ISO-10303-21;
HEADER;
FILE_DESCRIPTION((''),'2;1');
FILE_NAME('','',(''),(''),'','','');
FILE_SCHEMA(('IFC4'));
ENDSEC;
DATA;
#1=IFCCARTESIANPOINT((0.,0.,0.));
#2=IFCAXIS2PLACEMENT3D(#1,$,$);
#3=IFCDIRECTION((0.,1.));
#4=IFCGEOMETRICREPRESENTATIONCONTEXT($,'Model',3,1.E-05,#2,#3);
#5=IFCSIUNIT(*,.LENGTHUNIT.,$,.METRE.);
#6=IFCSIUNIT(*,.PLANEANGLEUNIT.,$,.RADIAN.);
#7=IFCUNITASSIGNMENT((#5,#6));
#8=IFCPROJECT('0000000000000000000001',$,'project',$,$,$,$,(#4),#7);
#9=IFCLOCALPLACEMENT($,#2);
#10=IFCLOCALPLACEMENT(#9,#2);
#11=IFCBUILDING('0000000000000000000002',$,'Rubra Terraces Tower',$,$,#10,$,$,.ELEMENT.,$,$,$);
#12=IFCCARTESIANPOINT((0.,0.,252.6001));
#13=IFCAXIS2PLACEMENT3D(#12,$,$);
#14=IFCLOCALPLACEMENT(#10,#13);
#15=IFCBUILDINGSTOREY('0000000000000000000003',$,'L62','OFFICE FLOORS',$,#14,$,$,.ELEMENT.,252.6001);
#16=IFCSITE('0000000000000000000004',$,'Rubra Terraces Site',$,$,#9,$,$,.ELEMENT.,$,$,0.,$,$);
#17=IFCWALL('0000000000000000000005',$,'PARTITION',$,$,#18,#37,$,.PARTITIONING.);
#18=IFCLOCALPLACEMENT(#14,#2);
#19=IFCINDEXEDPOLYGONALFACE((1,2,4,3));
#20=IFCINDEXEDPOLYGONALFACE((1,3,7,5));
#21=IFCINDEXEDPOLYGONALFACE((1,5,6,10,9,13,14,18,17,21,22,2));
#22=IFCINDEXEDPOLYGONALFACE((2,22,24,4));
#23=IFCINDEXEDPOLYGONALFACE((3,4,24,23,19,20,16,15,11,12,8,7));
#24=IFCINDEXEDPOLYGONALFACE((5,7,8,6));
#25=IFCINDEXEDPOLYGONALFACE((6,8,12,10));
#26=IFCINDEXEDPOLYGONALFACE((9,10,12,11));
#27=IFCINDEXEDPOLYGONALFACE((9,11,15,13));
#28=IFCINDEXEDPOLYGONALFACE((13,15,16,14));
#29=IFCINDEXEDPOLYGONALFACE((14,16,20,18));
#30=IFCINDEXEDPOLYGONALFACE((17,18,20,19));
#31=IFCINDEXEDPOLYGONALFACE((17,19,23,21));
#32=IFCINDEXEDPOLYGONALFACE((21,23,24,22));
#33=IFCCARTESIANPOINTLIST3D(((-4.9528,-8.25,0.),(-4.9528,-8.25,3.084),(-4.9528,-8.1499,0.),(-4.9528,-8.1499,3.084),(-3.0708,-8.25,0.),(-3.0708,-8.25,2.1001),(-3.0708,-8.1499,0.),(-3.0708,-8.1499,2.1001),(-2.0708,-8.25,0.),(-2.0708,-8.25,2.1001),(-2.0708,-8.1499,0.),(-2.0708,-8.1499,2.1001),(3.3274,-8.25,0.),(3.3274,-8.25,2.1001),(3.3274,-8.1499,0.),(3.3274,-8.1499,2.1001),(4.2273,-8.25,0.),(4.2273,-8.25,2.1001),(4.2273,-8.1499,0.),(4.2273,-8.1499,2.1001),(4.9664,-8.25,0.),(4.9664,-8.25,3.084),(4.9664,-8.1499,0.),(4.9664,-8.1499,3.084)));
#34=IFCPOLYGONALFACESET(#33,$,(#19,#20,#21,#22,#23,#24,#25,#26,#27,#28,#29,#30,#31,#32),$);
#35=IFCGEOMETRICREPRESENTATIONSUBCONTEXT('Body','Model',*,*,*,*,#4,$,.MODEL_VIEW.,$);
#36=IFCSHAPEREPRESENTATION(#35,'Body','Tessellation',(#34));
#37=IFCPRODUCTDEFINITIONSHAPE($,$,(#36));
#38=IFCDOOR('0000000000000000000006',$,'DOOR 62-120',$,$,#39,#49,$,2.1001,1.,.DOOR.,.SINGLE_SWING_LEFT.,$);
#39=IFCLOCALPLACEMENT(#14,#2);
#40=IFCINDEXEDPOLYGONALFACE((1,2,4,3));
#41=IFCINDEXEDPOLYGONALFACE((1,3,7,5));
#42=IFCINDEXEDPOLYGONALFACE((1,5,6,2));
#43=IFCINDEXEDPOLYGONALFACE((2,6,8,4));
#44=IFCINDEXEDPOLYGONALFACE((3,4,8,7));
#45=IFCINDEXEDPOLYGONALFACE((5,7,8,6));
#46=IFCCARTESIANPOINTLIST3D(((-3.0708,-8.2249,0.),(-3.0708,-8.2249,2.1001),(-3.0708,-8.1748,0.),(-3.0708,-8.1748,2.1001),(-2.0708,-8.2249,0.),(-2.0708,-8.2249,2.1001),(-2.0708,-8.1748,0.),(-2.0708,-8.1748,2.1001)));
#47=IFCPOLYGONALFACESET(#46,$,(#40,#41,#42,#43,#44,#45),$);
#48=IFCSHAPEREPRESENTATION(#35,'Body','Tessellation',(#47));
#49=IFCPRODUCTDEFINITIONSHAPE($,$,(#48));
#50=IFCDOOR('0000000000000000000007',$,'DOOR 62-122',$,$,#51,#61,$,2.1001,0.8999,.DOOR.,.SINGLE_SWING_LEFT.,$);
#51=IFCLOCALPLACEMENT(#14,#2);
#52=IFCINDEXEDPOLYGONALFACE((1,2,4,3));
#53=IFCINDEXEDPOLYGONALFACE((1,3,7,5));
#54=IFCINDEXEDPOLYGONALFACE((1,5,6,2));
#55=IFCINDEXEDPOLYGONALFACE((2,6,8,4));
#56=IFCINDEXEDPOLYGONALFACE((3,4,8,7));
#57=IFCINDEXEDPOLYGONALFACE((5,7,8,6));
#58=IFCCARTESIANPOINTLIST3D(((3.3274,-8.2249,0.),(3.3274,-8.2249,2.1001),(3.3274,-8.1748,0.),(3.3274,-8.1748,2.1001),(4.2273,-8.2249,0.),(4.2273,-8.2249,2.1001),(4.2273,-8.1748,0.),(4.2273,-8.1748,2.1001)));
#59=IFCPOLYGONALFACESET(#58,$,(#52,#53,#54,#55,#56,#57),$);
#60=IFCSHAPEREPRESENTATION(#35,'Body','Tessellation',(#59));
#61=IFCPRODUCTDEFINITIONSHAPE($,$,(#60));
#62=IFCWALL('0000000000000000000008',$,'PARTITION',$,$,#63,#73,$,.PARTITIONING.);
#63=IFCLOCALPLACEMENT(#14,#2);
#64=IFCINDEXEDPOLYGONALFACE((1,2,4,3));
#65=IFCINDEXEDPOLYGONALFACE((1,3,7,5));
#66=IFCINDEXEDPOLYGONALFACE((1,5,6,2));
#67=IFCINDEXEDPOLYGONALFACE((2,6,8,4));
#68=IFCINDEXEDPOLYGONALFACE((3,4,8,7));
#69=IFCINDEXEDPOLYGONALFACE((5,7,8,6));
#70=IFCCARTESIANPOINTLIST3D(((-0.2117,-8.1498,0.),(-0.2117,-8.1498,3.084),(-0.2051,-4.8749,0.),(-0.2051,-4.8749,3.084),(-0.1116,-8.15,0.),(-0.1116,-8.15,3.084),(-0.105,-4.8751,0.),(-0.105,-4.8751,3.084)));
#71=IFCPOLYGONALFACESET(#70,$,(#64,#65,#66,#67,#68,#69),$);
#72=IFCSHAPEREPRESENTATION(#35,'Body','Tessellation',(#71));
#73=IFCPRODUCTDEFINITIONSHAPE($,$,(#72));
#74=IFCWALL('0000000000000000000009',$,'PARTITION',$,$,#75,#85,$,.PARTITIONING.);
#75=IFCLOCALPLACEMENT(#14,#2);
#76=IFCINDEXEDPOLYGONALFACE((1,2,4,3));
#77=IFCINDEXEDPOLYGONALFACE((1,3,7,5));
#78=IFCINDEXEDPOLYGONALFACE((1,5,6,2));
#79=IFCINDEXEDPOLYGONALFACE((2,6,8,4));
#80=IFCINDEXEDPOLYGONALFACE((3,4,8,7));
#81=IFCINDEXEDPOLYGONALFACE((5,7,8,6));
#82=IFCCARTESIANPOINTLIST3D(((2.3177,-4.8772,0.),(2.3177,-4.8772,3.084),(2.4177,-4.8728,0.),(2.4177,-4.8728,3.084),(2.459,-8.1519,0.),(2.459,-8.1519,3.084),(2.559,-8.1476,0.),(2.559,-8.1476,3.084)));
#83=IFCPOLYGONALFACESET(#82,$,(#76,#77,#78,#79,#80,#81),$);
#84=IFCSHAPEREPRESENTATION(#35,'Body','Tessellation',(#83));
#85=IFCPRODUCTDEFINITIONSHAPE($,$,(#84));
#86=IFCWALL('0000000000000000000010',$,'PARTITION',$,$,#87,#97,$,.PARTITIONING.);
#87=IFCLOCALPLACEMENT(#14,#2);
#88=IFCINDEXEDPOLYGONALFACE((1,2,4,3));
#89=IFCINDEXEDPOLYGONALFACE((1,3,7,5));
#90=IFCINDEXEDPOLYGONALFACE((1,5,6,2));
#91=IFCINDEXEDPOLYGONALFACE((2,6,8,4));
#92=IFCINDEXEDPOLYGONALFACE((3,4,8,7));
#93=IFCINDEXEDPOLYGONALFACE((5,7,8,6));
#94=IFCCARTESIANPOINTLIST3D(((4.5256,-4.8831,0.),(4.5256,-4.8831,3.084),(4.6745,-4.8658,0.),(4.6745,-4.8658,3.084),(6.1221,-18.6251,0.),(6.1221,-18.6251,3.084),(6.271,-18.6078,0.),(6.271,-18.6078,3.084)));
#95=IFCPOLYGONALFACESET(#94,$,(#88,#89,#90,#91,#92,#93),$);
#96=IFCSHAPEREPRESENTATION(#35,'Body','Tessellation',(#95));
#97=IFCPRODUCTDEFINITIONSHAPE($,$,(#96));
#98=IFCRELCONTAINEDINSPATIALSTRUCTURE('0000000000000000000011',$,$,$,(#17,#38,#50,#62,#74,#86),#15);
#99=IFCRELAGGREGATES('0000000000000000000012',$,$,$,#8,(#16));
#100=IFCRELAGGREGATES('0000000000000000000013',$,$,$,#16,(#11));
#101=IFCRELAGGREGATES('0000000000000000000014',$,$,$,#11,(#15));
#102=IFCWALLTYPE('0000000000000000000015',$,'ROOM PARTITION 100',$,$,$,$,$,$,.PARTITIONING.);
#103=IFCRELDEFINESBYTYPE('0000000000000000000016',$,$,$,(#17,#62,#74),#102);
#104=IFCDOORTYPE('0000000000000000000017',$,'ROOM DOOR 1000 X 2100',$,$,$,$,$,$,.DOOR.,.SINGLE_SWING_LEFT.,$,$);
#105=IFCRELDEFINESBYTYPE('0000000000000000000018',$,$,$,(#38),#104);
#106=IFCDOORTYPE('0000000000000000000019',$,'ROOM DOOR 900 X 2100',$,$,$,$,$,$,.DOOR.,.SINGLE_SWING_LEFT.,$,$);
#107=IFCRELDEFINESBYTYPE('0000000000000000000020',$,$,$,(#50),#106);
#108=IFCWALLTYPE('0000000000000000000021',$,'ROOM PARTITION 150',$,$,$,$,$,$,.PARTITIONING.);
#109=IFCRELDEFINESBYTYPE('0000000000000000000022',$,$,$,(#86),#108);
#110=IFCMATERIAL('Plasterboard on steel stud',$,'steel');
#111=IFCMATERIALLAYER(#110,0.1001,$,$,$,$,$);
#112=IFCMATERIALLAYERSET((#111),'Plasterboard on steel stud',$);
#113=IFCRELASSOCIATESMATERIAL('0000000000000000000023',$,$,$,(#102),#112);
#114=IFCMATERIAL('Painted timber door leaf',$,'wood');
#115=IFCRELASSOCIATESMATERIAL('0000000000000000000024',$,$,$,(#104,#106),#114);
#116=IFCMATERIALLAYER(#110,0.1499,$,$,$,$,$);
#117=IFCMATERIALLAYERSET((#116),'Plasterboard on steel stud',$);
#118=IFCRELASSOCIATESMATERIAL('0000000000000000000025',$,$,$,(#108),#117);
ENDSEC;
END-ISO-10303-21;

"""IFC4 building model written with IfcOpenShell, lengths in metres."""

from ifc_helpers import new_model, si_unit, direction, frame, frame_2d, origin, place, context, subcontext, project, spatial, rectangle, extrude, material, layer, layer_set, type_object, element, fill, save


model = new_model("IFC4")

# Units and contexts
model_context = context("Model", 3, precision=1e-05, world=origin(), true_north=direction((0.0, 1.0)))
body_context = subcontext(model_context, "Body", "Model", "MODEL_VIEW")
ifc_project = project(units=[si_unit("LENGTHUNIT", "METRE"), si_unit("PLANEANGLEUNIT", "RADIAN")], contexts=[model_context])

# Site, building, storey
site_placement = place(None, origin())
site = spatial("IfcSite", under=ifc_project, at=site_placement, Name="Rubra Terraces Site", CompositionType="ELEMENT", RefElevation=0.0)
building_placement = place(site_placement, origin())
building = spatial("IfcBuilding", under=site, at=building_placement, Name="Rubra Terraces Tower", CompositionType="ELEMENT")
storey_placement = place(building_placement, frame((0.0, 0.0, 252.6001)))
storey = spatial("IfcBuildingStorey", under=building, at=storey_placement, Name="L62", Description="OFFICE FLOORS", CompositionType="ELEMENT", Elevation=252.6001)

# Wall, openings, doors
ifc_material_1 = material(Name="Plasterboard on steel stud", Category="steel")
ifc_layer_1 = layer(ifc_material_1, 0.1001)
ifc_layer_set_1 = layer_set([ifc_layer_1], Name="Plasterboard on steel stud")
wall_type_1 = type_object("IfcWallType", Name="ROOM PARTITION 100", PredefinedType="PARTITIONING", material=ifc_layer_set_1)
wall_1_placement = place(storey_placement, frame((4.9663, -8.2, 0.0), z_axis=(0.0, 0.0, 1.0), x_axis=(-1.0, 0.0, 0.0)))
wall_1 = element("IfcWall", 1, at=wall_1_placement, inside=storey, type_object=wall_type_1, Name="PARTITION", PredefinedType="PARTITIONING", context=body_context, shape_type="SweptSolid", body=[
    extrude(rectangle(XDim=9.9192, YDim=0.1001, at=frame_2d((4.9595, 0.0))), origin(), (0.0, 0.0, 1.0), 3.084),
])
opening_1_placement = place(wall_1_placement, frame((7.0371, 0.0, 0.0)))
opening_1 = element("IfcOpeningElement", 2, at=opening_1_placement, cuts=wall_1, PredefinedType="OPENING", context=body_context, shape_type="SweptSolid", body=[
    extrude(rectangle(XDim=1.0, YDim=2.1001, at=frame_2d((0.5, 1.05))), frame((0.0, 0.0601, 0.0), z_axis=(0.0, -1.0, 0.0), x_axis=(1.0, 0.0, 0.0)), (0.0, 0.0, 1.0), 0.1201),
])
opening_2_placement = place(wall_1_placement, frame((0.739, 0.0, 0.0)))
opening_2 = element("IfcOpeningElement", 3, at=opening_2_placement, cuts=wall_1, PredefinedType="OPENING", context=body_context, shape_type="SweptSolid", body=[
    extrude(rectangle(XDim=0.8999, YDim=2.1001, at=frame_2d((0.45, 1.05))), frame((0.0, 0.0601, 0.0), z_axis=(0.0, -1.0, 0.0), x_axis=(1.0, 0.0, 0.0)), (0.0, 0.0, 1.0), 0.1201),
])
ifc_material_2 = material(Name="Painted timber door leaf", Category="wood")
door_type_1 = type_object("IfcDoorType", Name="ROOM DOOR 1000 X 2100", OperationType="SINGLE_SWING_LEFT", PredefinedType="DOOR", material=ifc_material_2)
door_1_placement = place(opening_1_placement, origin())
door_1 = element("IfcDoor", 4, at=door_1_placement, inside=storey, type_object=door_type_1, Name="DOOR 62-120", OperationType="SINGLE_SWING_LEFT", OverallHeight=2.1001, OverallWidth=1.0, PredefinedType="DOOR", context=body_context, shape_type="SweptSolid", body=[
    extrude(rectangle(XDim=1.0, YDim=2.1001, at=frame_2d((0.5, 1.05))), frame((0.0, 0.0249, 0.0), z_axis=(0.0, -1.0, 0.0), x_axis=(1.0, 0.0, 0.0)), (0.0, 0.0, 1.0), 0.05),
])
fill(opening_1, door_1)
door_type_2 = type_object("IfcDoorType", Name="ROOM DOOR 900 X 2100", OperationType="SINGLE_SWING_LEFT", PredefinedType="DOOR", material=ifc_material_2)
door_2_placement = place(opening_2_placement, origin())
door_2 = element("IfcDoor", 5, at=door_2_placement, inside=storey, type_object=door_type_2, Name="DOOR 62-122", OperationType="SINGLE_SWING_LEFT", OverallHeight=2.1001, OverallWidth=0.8999, PredefinedType="DOOR", context=body_context, shape_type="SweptSolid", body=[
    extrude(rectangle(XDim=0.8999, YDim=2.1001, at=frame_2d((0.45, 1.05))), frame((0.0, 0.0249, 0.0), z_axis=(0.0, -1.0, 0.0), x_axis=(1.0, 0.0, 0.0)), (0.0, 0.0, 1.0), 0.05),
])
fill(opening_2, door_2)

# Walls
wall_2_placement = place(storey_placement, frame((-0.155, -4.875, 0.0), z_axis=(0.0, 0.0, 1.0), x_axis=(-0.002013, -0.999998, 0.0)))
element("IfcWall", 6, at=wall_2_placement, inside=storey, type_object=wall_type_1, Name="PARTITION", PredefinedType="PARTITIONING", context=body_context, shape_type="SweptSolid", body=[
    extrude(rectangle(XDim=3.2749, YDim=0.1001, at=frame_2d((1.6375, 0.0))), origin(), (0.0, 0.0, 1.0), 3.084),
])
wall_3_placement = place(storey_placement, frame((2.3677, -4.875, 0.0), z_axis=(0.0, 0.0, 1.0), x_axis=(0.043124, -0.99907, 0.0)))
element("IfcWall", 7, at=wall_3_placement, inside=storey, type_object=wall_type_1, Name="PARTITION", PredefinedType="PARTITIONING", context=body_context, shape_type="SweptSolid", body=[
    extrude(rectangle(XDim=3.2778, YDim=0.1001, at=frame_2d((1.6389, 0.0))), origin(), (0.0, 0.0, 1.0), 3.084),
])
ifc_layer_2 = layer(ifc_material_1, 0.1499)
ifc_layer_set_2 = layer_set([ifc_layer_2], Name="Plasterboard on steel stud")
wall_type_2 = type_object("IfcWallType", Name="ROOM PARTITION 150", PredefinedType="PARTITIONING", material=ifc_layer_set_2)
wall_4_placement = place(storey_placement, frame((6.1965, -18.6165, 0.0), z_axis=(0.0, 0.0, 1.0), x_axis=(-0.115396, 0.99332, 0.0)))
element("IfcWall", 8, at=wall_4_placement, inside=storey, type_object=wall_type_2, Name="PARTITION", PredefinedType="PARTITIONING", context=body_context, shape_type="SweptSolid", body=[
    extrude(rectangle(XDim=13.8345, YDim=0.1499, at=frame_2d((6.9172, 0.0))), origin(), (0.0, 0.0, 1.0), 3.084),
])

save(model, "model.ifc")
